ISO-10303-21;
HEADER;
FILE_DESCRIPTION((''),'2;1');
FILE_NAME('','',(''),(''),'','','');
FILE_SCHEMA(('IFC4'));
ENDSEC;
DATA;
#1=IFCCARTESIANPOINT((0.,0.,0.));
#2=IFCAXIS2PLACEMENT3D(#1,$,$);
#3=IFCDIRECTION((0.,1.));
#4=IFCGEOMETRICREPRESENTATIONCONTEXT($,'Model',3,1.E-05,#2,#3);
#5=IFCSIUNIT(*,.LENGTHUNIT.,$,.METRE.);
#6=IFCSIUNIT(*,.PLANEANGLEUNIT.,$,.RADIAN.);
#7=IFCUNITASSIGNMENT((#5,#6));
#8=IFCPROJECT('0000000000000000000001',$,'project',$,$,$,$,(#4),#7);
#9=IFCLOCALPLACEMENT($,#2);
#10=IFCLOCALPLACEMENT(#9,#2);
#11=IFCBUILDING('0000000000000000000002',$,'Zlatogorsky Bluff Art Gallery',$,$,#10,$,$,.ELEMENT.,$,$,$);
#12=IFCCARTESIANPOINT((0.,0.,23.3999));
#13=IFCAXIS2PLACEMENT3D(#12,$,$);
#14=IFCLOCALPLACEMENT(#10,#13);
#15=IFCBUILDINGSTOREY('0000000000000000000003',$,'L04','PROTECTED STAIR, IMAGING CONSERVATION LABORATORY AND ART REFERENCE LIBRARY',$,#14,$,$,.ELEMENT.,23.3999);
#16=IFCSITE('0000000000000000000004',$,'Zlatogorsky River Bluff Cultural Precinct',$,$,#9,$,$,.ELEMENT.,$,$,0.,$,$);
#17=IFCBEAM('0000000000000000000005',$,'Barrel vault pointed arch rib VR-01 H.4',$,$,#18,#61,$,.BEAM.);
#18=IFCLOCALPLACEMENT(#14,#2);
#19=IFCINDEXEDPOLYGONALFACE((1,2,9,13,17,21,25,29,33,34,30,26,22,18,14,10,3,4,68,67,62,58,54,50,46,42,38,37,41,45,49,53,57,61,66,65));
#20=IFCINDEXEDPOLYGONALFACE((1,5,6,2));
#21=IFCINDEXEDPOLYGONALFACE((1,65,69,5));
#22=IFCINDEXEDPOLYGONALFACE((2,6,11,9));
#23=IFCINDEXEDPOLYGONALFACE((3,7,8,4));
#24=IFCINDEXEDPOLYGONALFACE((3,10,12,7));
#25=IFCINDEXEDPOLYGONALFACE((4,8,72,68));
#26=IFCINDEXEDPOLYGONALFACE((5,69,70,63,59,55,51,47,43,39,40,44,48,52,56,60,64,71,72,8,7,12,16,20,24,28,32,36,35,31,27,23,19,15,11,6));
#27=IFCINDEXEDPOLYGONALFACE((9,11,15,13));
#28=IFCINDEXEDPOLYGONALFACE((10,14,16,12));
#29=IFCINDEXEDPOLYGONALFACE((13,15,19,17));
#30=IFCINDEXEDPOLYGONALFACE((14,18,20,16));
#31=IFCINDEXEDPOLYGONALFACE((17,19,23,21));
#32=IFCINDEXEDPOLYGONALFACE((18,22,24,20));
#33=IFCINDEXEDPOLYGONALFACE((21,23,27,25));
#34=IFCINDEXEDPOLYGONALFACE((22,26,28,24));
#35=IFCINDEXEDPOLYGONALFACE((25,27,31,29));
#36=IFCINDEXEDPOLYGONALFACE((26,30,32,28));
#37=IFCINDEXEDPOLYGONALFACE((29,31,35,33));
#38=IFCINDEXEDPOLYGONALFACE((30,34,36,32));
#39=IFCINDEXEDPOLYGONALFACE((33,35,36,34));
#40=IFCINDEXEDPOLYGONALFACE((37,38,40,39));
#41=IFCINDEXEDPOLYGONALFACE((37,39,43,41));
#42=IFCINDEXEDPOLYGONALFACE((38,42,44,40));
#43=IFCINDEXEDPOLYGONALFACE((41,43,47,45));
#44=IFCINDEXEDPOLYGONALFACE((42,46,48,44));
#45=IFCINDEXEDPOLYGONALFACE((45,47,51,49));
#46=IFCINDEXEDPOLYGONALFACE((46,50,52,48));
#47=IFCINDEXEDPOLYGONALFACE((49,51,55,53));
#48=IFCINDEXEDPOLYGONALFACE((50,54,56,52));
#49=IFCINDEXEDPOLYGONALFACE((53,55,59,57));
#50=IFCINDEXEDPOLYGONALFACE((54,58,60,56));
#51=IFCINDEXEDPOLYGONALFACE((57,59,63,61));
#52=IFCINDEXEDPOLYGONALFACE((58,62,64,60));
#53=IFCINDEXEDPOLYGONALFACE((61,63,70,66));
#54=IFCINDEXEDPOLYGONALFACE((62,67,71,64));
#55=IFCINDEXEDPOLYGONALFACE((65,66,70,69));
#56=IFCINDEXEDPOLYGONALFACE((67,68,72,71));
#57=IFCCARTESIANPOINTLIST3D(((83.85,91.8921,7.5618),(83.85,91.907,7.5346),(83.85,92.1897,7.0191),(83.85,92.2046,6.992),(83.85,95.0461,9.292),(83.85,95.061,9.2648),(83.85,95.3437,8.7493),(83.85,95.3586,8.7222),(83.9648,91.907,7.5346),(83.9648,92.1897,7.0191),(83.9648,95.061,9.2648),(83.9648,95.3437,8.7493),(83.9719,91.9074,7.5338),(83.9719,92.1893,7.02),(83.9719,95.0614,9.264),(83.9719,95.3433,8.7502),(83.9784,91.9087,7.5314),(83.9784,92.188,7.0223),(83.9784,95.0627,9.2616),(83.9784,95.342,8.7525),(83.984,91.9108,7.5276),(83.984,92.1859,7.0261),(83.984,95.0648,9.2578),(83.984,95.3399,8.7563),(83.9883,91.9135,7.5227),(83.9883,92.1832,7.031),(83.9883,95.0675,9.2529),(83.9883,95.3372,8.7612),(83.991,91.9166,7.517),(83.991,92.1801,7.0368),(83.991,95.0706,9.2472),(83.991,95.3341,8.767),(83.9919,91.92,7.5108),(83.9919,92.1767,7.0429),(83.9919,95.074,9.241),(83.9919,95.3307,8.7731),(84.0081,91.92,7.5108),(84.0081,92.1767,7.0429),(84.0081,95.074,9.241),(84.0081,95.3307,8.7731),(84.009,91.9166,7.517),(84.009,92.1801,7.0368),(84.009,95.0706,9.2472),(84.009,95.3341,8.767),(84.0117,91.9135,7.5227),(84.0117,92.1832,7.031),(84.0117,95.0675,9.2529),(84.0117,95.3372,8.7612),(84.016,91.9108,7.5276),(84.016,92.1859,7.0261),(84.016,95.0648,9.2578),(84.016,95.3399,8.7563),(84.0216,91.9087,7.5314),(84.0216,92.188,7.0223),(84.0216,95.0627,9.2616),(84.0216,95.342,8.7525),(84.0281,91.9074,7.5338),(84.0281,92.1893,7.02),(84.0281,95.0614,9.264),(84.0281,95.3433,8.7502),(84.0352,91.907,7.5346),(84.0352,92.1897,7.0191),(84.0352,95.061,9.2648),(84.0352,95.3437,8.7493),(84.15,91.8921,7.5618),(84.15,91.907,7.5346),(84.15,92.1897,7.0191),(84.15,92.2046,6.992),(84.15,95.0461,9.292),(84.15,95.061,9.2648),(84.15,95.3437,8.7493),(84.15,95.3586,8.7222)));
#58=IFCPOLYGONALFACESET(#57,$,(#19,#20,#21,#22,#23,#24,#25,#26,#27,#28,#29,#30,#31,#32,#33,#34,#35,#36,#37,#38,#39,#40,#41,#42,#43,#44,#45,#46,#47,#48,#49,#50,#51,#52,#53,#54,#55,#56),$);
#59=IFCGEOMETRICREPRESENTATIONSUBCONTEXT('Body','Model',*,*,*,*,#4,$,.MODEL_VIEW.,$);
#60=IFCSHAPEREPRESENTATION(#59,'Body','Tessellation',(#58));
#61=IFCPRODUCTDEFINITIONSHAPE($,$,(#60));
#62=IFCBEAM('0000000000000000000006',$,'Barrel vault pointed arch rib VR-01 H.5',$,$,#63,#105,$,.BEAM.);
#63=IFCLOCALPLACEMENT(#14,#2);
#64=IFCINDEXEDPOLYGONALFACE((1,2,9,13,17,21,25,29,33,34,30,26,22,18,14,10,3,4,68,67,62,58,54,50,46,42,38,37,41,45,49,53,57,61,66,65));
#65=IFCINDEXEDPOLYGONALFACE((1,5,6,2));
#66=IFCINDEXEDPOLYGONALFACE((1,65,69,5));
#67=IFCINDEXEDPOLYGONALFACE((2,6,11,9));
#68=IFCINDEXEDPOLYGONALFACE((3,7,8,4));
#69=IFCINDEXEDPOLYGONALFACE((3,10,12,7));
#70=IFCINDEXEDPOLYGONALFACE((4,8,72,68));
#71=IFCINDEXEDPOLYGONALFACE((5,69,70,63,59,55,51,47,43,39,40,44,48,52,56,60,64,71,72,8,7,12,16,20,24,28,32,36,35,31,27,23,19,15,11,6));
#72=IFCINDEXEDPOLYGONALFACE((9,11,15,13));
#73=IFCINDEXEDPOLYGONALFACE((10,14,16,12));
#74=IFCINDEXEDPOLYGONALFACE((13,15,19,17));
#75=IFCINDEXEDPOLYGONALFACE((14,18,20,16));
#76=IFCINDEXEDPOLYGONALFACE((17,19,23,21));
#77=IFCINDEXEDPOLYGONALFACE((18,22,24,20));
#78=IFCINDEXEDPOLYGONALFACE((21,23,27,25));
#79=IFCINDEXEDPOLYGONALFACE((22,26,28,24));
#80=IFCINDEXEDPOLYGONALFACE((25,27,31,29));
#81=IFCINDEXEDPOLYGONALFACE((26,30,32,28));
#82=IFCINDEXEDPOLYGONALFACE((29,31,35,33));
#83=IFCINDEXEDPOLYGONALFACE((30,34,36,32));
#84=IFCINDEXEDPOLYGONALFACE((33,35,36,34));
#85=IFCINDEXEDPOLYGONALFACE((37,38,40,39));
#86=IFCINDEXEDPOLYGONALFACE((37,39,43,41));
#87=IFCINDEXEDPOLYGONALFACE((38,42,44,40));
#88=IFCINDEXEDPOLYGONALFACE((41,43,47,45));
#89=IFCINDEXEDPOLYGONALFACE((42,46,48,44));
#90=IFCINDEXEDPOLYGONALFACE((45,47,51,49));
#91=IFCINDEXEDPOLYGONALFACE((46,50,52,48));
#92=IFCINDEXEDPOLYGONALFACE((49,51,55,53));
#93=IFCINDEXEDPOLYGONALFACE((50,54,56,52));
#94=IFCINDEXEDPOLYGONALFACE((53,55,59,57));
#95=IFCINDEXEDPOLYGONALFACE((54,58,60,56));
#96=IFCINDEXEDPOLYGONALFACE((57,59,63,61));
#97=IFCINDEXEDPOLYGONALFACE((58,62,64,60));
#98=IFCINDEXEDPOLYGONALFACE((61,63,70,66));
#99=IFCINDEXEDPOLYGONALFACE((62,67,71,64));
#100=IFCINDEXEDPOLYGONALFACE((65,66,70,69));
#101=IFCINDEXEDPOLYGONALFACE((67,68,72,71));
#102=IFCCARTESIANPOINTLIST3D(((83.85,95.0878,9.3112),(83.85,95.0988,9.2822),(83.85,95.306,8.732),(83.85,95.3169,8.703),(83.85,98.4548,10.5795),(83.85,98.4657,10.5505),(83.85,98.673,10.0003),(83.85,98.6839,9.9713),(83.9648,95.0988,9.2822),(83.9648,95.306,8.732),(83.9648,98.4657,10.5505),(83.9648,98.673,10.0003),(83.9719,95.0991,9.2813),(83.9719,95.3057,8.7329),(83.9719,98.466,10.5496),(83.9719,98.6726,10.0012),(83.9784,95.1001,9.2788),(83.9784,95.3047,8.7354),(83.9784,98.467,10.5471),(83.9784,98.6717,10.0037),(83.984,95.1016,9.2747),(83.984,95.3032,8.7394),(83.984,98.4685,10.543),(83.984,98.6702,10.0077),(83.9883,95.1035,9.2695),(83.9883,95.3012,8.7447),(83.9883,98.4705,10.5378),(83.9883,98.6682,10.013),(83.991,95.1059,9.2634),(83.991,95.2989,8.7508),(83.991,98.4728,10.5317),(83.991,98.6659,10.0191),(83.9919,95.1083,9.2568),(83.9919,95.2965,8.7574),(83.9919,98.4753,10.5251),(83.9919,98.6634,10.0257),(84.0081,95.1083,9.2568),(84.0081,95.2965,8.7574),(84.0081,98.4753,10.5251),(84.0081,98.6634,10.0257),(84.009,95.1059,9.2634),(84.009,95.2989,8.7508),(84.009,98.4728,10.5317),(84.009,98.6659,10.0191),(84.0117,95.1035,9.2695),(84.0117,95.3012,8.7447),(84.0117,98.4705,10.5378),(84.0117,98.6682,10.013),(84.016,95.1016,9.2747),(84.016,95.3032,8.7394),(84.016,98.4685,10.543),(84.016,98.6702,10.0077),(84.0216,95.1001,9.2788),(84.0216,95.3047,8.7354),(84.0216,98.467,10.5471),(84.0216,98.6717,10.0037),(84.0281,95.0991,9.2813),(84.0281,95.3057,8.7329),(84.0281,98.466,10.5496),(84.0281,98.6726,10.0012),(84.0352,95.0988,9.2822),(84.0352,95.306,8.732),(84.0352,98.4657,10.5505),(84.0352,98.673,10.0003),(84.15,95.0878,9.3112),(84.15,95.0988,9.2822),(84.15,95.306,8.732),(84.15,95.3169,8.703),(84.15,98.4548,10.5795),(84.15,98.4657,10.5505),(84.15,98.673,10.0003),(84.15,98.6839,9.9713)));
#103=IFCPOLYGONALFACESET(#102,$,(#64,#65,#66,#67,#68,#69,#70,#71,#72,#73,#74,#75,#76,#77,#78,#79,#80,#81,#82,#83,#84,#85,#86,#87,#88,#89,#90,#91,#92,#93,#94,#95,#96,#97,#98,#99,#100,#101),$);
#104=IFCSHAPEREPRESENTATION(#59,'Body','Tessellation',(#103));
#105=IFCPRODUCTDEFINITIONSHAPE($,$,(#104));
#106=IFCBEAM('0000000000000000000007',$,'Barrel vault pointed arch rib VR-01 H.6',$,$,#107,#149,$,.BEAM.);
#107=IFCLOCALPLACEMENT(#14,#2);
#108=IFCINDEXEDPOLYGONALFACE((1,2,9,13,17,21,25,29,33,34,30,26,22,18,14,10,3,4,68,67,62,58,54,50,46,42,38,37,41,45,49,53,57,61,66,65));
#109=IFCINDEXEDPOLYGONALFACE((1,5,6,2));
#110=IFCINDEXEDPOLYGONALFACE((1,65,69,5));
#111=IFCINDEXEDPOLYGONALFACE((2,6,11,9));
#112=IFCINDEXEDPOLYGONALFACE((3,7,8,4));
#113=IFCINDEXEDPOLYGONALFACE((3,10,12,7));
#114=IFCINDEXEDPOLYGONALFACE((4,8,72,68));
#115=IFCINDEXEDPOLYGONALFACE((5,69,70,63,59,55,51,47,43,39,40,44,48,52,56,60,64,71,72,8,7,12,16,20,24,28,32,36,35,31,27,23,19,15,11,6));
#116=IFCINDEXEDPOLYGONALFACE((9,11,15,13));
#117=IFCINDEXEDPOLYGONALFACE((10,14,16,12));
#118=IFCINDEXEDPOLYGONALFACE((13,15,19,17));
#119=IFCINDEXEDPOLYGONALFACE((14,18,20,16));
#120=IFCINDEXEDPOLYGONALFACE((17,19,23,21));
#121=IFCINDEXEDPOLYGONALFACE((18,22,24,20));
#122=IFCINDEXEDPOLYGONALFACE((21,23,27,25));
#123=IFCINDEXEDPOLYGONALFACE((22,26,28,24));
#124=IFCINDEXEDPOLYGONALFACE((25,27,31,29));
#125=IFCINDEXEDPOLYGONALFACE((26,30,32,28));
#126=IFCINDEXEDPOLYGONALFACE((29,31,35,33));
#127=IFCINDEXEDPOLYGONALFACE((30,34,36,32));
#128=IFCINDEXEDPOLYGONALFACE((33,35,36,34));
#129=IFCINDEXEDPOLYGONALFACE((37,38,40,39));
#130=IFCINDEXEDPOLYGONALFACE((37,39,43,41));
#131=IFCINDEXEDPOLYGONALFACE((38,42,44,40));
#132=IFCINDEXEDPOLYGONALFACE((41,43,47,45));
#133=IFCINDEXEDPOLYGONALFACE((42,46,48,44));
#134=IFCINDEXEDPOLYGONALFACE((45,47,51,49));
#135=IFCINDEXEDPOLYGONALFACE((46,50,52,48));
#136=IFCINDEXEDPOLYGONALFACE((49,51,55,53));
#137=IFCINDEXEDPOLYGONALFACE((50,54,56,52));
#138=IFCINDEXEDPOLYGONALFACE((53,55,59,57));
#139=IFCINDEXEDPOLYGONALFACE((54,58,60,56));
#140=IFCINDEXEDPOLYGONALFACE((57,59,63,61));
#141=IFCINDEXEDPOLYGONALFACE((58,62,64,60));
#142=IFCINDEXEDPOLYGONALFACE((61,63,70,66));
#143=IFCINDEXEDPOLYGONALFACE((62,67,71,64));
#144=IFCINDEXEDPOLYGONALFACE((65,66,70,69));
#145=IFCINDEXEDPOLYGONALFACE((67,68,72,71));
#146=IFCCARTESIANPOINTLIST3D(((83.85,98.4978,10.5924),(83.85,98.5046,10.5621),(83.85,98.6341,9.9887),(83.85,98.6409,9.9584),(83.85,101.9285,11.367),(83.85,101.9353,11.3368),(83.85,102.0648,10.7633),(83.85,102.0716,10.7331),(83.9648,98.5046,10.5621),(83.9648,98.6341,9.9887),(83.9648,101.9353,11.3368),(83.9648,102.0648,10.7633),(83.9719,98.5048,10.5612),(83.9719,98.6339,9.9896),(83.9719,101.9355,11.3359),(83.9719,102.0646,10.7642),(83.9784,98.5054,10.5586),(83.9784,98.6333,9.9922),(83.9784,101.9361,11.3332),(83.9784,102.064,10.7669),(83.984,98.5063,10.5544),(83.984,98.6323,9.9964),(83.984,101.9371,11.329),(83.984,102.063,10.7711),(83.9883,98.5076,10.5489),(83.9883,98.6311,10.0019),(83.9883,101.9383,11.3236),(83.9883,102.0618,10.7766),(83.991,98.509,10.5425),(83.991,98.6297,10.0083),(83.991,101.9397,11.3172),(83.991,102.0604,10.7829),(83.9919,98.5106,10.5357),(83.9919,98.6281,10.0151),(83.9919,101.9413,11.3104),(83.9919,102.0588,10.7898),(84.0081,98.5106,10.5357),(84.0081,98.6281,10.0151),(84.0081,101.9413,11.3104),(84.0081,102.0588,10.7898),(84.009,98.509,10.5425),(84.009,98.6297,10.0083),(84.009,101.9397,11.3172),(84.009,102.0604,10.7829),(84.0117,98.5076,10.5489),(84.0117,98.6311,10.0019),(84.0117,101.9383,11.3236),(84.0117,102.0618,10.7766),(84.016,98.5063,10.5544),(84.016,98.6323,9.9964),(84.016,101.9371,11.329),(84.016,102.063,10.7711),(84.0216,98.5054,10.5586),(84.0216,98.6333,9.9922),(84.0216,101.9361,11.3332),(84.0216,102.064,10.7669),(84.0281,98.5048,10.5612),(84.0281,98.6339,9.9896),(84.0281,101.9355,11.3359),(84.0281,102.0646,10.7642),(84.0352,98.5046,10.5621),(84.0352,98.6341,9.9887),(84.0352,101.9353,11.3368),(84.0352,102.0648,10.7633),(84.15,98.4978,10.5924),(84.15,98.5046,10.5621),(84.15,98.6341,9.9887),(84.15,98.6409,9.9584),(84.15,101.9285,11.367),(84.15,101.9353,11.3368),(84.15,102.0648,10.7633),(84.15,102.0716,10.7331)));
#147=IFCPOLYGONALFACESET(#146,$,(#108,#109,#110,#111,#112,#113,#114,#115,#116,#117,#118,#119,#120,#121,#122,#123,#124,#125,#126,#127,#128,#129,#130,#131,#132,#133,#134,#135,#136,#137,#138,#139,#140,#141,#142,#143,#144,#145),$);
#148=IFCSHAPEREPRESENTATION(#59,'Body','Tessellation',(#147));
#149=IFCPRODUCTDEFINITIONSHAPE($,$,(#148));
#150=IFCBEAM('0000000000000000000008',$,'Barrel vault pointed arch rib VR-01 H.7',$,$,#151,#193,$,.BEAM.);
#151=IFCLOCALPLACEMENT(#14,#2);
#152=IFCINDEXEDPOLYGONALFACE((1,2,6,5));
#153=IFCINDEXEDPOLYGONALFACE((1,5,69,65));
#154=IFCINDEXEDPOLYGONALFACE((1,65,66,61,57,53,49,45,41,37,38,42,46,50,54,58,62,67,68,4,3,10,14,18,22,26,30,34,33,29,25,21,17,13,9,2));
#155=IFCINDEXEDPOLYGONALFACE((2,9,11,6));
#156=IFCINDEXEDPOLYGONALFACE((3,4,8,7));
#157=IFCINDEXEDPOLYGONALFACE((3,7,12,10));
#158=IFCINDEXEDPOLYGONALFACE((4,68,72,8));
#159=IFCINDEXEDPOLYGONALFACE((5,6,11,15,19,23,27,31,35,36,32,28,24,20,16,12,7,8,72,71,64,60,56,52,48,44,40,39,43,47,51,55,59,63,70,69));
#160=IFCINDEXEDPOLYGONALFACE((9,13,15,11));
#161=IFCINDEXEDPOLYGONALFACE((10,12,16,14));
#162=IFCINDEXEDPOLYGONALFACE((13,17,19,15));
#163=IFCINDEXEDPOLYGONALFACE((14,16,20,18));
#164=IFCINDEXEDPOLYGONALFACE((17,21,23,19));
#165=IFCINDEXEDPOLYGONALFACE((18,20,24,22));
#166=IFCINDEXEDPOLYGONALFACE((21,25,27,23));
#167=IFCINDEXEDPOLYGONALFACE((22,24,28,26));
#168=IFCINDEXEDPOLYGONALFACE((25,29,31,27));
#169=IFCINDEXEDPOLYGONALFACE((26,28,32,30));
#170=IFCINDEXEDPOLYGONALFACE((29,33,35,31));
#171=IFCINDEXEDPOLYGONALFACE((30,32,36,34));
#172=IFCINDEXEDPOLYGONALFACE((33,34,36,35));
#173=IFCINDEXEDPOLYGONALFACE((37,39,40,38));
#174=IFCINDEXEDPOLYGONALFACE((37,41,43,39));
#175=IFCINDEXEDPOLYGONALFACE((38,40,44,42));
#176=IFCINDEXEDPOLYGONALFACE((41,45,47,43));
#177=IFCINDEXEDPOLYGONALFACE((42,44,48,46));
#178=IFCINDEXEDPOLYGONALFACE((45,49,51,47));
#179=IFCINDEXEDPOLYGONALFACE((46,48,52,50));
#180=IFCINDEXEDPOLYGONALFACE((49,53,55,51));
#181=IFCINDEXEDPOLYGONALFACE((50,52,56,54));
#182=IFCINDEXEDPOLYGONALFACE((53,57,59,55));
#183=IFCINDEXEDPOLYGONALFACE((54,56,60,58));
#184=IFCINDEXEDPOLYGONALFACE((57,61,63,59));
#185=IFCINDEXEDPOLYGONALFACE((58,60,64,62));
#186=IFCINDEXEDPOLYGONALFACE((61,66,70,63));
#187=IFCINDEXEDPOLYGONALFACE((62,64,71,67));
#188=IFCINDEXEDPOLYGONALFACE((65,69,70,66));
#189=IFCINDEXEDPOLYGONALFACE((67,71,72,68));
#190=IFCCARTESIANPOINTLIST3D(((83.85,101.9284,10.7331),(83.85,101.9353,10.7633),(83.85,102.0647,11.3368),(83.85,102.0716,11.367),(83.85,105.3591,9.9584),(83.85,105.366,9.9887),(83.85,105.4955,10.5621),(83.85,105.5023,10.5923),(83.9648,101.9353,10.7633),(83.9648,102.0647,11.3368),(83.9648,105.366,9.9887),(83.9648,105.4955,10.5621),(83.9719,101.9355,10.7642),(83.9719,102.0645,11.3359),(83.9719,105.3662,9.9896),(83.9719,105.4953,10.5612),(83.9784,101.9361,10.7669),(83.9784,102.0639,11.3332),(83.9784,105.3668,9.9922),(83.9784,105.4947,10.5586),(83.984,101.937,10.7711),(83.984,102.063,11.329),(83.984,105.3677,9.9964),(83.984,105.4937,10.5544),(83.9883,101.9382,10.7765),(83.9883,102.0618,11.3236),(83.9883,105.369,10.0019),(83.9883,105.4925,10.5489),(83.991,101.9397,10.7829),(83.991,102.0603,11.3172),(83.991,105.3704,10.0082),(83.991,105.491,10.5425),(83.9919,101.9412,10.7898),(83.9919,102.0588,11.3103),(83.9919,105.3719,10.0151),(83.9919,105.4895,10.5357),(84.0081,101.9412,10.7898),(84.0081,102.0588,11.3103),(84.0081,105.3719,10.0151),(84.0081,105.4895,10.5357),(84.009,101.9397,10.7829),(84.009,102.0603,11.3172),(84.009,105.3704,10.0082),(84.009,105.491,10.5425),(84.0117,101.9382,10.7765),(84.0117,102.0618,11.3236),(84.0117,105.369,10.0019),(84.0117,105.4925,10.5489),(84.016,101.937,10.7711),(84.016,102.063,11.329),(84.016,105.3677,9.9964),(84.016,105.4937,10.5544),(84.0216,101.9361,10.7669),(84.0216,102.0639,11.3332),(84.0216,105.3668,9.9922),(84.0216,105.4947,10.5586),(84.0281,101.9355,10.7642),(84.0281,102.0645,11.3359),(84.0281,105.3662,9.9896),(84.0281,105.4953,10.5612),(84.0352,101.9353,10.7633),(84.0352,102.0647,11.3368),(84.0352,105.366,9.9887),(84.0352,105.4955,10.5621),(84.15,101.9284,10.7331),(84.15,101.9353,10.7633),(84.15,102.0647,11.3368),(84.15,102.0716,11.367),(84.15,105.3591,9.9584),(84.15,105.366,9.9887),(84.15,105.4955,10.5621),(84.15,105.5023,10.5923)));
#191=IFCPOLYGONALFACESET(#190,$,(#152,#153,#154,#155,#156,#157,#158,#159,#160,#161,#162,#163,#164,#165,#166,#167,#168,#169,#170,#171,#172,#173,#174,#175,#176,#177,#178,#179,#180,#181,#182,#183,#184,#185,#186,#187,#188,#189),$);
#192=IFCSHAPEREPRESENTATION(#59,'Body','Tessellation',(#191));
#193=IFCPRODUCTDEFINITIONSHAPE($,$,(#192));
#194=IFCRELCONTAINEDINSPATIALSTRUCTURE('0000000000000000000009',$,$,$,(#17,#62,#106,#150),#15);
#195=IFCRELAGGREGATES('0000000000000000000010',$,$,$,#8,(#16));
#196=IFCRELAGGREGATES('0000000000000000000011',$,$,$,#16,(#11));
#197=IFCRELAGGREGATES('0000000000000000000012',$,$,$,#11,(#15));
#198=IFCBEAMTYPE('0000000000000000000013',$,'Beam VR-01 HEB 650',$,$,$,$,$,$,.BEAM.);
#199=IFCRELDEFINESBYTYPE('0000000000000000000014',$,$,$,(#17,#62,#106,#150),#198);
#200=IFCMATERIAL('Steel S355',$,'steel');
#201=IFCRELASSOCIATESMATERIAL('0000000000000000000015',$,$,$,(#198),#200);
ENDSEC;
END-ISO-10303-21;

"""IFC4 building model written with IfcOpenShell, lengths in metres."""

from ifc_helpers import new_model, si_unit, direction, frame, origin, origin_2d, place, context, subcontext, project, spatial, i_section, extrude, material, material_profile, profile_set, type_object, element, save


model = new_model("IFC4")

# Units and contexts
model_context = context("Model", 3, precision=1e-05, world=origin(), true_north=direction((0.0, 1.0)))
body_context = subcontext(model_context, "Body", "Model", "MODEL_VIEW")
ifc_project = project(units=[si_unit("LENGTHUNIT", "METRE"), si_unit("PLANEANGLEUNIT", "RADIAN")], contexts=[model_context])

# Site, building, storey
site_placement = place(None, origin())
site = spatial("IfcSite", under=ifc_project, at=site_placement, Name="Zlatogorsky River Bluff Cultural Precinct", CompositionType="ELEMENT", RefElevation=0.0)
building_placement = place(site_placement, origin())
building = spatial("IfcBuilding", under=site, at=building_placement, Name="Zlatogorsky Bluff Art Gallery", CompositionType="ELEMENT")
storey_placement = place(building_placement, frame((0.0, 0.0, 23.3999)))
storey = spatial("IfcBuildingStorey", under=building, at=storey_placement, Name="L04", Description="PROTECTED STAIR, IMAGING CONSERVATION LABORATORY AND ART REFERENCE LIBRARY", CompositionType="ELEMENT", Elevation=23.3999)

# Beams
ifc_material_1 = material(Name="Steel S355", Category="steel")
ifc_material_profile_1 = material_profile(ifc_material_1, i_section(OverallWidth=0.3, OverallDepth=0.6499, WebThickness=0.0161, FlangeThickness=0.031, FilletRadius=0.0271, at=origin_2d()), Name="HEB 650")
ifc_profile_set_1 = profile_set([ifc_material_profile_1], Name="Steel S355")
beam_type_1 = type_object("IfcBeamType", Name="Beam VR-01 HEB 650", PredefinedType="BEAM", material=ifc_profile_set_1)
beam_1_placement = place(storey_placement, frame((84.0, 92.0483, 7.2769), z_axis=(0.0, 0.876744, 0.480957), x_axis=(-1.0, 0.0, 0.0)))
element("IfcBeam", 1, at=beam_1_placement, inside=storey, type_object=beam_type_1, Name="Barrel vault pointed arch rib VR-01 H.4", PredefinedType="BEAM", context=body_context, shape_type="SweptSolid", body=[
    extrude(i_section(OverallWidth=0.3, OverallDepth=0.6499, WebThickness=0.0161, FlangeThickness=0.031, FilletRadius=0.0271, at=origin_2d()), origin(), (0.0, 0.0, 1.0), 3.5974),
])
beam_2_placement = place(storey_placement, frame((84.0, 95.2024, 9.0071), z_axis=(0.0, 0.935807, 0.352514), x_axis=(-1.0, 0.0, 0.0)))
element("IfcBeam", 2, at=beam_2_placement, inside=storey, type_object=beam_type_1, Name="Barrel vault pointed arch rib VR-01 H.5", PredefinedType="BEAM", context=body_context, shape_type="SweptSolid", body=[
    extrude(i_section(OverallWidth=0.3, OverallDepth=0.6499, WebThickness=0.0161, FlangeThickness=0.031, FilletRadius=0.0271, at=origin_2d()), origin(), (0.0, 0.0, 1.0), 3.5979),
])
for number, where, z_axis, x_axis, name in (
    (3, (84.0, 98.5693, 10.2754), (0.0, 0.975441, 0.220259), (-1.0, 0.0, 0.0), "Barrel vault pointed arch rib VR-01 H.6"),
    (4, (84.0, 102.0, 11.05), (0.0, 0.975441, -0.220259), (-1.0, 0.0, 0.0), "Barrel vault pointed arch rib VR-01 H.7"),
):
    element("IfcBeam", number, at=place(storey_placement, frame(where, z_axis=z_axis, x_axis=x_axis)), inside=storey, type_object=beam_type_1, Name=name, PredefinedType="BEAM", context=body_context, shape_type="SweptSolid", body=[
        extrude(i_section(OverallWidth=0.3, OverallDepth=0.6499, WebThickness=0.0161, FlangeThickness=0.031, FilletRadius=0.0271, at=origin_2d()), origin(), (0.0, 0.0, 1.0), 3.5171),
    ])

save(model, "model.ifc")
